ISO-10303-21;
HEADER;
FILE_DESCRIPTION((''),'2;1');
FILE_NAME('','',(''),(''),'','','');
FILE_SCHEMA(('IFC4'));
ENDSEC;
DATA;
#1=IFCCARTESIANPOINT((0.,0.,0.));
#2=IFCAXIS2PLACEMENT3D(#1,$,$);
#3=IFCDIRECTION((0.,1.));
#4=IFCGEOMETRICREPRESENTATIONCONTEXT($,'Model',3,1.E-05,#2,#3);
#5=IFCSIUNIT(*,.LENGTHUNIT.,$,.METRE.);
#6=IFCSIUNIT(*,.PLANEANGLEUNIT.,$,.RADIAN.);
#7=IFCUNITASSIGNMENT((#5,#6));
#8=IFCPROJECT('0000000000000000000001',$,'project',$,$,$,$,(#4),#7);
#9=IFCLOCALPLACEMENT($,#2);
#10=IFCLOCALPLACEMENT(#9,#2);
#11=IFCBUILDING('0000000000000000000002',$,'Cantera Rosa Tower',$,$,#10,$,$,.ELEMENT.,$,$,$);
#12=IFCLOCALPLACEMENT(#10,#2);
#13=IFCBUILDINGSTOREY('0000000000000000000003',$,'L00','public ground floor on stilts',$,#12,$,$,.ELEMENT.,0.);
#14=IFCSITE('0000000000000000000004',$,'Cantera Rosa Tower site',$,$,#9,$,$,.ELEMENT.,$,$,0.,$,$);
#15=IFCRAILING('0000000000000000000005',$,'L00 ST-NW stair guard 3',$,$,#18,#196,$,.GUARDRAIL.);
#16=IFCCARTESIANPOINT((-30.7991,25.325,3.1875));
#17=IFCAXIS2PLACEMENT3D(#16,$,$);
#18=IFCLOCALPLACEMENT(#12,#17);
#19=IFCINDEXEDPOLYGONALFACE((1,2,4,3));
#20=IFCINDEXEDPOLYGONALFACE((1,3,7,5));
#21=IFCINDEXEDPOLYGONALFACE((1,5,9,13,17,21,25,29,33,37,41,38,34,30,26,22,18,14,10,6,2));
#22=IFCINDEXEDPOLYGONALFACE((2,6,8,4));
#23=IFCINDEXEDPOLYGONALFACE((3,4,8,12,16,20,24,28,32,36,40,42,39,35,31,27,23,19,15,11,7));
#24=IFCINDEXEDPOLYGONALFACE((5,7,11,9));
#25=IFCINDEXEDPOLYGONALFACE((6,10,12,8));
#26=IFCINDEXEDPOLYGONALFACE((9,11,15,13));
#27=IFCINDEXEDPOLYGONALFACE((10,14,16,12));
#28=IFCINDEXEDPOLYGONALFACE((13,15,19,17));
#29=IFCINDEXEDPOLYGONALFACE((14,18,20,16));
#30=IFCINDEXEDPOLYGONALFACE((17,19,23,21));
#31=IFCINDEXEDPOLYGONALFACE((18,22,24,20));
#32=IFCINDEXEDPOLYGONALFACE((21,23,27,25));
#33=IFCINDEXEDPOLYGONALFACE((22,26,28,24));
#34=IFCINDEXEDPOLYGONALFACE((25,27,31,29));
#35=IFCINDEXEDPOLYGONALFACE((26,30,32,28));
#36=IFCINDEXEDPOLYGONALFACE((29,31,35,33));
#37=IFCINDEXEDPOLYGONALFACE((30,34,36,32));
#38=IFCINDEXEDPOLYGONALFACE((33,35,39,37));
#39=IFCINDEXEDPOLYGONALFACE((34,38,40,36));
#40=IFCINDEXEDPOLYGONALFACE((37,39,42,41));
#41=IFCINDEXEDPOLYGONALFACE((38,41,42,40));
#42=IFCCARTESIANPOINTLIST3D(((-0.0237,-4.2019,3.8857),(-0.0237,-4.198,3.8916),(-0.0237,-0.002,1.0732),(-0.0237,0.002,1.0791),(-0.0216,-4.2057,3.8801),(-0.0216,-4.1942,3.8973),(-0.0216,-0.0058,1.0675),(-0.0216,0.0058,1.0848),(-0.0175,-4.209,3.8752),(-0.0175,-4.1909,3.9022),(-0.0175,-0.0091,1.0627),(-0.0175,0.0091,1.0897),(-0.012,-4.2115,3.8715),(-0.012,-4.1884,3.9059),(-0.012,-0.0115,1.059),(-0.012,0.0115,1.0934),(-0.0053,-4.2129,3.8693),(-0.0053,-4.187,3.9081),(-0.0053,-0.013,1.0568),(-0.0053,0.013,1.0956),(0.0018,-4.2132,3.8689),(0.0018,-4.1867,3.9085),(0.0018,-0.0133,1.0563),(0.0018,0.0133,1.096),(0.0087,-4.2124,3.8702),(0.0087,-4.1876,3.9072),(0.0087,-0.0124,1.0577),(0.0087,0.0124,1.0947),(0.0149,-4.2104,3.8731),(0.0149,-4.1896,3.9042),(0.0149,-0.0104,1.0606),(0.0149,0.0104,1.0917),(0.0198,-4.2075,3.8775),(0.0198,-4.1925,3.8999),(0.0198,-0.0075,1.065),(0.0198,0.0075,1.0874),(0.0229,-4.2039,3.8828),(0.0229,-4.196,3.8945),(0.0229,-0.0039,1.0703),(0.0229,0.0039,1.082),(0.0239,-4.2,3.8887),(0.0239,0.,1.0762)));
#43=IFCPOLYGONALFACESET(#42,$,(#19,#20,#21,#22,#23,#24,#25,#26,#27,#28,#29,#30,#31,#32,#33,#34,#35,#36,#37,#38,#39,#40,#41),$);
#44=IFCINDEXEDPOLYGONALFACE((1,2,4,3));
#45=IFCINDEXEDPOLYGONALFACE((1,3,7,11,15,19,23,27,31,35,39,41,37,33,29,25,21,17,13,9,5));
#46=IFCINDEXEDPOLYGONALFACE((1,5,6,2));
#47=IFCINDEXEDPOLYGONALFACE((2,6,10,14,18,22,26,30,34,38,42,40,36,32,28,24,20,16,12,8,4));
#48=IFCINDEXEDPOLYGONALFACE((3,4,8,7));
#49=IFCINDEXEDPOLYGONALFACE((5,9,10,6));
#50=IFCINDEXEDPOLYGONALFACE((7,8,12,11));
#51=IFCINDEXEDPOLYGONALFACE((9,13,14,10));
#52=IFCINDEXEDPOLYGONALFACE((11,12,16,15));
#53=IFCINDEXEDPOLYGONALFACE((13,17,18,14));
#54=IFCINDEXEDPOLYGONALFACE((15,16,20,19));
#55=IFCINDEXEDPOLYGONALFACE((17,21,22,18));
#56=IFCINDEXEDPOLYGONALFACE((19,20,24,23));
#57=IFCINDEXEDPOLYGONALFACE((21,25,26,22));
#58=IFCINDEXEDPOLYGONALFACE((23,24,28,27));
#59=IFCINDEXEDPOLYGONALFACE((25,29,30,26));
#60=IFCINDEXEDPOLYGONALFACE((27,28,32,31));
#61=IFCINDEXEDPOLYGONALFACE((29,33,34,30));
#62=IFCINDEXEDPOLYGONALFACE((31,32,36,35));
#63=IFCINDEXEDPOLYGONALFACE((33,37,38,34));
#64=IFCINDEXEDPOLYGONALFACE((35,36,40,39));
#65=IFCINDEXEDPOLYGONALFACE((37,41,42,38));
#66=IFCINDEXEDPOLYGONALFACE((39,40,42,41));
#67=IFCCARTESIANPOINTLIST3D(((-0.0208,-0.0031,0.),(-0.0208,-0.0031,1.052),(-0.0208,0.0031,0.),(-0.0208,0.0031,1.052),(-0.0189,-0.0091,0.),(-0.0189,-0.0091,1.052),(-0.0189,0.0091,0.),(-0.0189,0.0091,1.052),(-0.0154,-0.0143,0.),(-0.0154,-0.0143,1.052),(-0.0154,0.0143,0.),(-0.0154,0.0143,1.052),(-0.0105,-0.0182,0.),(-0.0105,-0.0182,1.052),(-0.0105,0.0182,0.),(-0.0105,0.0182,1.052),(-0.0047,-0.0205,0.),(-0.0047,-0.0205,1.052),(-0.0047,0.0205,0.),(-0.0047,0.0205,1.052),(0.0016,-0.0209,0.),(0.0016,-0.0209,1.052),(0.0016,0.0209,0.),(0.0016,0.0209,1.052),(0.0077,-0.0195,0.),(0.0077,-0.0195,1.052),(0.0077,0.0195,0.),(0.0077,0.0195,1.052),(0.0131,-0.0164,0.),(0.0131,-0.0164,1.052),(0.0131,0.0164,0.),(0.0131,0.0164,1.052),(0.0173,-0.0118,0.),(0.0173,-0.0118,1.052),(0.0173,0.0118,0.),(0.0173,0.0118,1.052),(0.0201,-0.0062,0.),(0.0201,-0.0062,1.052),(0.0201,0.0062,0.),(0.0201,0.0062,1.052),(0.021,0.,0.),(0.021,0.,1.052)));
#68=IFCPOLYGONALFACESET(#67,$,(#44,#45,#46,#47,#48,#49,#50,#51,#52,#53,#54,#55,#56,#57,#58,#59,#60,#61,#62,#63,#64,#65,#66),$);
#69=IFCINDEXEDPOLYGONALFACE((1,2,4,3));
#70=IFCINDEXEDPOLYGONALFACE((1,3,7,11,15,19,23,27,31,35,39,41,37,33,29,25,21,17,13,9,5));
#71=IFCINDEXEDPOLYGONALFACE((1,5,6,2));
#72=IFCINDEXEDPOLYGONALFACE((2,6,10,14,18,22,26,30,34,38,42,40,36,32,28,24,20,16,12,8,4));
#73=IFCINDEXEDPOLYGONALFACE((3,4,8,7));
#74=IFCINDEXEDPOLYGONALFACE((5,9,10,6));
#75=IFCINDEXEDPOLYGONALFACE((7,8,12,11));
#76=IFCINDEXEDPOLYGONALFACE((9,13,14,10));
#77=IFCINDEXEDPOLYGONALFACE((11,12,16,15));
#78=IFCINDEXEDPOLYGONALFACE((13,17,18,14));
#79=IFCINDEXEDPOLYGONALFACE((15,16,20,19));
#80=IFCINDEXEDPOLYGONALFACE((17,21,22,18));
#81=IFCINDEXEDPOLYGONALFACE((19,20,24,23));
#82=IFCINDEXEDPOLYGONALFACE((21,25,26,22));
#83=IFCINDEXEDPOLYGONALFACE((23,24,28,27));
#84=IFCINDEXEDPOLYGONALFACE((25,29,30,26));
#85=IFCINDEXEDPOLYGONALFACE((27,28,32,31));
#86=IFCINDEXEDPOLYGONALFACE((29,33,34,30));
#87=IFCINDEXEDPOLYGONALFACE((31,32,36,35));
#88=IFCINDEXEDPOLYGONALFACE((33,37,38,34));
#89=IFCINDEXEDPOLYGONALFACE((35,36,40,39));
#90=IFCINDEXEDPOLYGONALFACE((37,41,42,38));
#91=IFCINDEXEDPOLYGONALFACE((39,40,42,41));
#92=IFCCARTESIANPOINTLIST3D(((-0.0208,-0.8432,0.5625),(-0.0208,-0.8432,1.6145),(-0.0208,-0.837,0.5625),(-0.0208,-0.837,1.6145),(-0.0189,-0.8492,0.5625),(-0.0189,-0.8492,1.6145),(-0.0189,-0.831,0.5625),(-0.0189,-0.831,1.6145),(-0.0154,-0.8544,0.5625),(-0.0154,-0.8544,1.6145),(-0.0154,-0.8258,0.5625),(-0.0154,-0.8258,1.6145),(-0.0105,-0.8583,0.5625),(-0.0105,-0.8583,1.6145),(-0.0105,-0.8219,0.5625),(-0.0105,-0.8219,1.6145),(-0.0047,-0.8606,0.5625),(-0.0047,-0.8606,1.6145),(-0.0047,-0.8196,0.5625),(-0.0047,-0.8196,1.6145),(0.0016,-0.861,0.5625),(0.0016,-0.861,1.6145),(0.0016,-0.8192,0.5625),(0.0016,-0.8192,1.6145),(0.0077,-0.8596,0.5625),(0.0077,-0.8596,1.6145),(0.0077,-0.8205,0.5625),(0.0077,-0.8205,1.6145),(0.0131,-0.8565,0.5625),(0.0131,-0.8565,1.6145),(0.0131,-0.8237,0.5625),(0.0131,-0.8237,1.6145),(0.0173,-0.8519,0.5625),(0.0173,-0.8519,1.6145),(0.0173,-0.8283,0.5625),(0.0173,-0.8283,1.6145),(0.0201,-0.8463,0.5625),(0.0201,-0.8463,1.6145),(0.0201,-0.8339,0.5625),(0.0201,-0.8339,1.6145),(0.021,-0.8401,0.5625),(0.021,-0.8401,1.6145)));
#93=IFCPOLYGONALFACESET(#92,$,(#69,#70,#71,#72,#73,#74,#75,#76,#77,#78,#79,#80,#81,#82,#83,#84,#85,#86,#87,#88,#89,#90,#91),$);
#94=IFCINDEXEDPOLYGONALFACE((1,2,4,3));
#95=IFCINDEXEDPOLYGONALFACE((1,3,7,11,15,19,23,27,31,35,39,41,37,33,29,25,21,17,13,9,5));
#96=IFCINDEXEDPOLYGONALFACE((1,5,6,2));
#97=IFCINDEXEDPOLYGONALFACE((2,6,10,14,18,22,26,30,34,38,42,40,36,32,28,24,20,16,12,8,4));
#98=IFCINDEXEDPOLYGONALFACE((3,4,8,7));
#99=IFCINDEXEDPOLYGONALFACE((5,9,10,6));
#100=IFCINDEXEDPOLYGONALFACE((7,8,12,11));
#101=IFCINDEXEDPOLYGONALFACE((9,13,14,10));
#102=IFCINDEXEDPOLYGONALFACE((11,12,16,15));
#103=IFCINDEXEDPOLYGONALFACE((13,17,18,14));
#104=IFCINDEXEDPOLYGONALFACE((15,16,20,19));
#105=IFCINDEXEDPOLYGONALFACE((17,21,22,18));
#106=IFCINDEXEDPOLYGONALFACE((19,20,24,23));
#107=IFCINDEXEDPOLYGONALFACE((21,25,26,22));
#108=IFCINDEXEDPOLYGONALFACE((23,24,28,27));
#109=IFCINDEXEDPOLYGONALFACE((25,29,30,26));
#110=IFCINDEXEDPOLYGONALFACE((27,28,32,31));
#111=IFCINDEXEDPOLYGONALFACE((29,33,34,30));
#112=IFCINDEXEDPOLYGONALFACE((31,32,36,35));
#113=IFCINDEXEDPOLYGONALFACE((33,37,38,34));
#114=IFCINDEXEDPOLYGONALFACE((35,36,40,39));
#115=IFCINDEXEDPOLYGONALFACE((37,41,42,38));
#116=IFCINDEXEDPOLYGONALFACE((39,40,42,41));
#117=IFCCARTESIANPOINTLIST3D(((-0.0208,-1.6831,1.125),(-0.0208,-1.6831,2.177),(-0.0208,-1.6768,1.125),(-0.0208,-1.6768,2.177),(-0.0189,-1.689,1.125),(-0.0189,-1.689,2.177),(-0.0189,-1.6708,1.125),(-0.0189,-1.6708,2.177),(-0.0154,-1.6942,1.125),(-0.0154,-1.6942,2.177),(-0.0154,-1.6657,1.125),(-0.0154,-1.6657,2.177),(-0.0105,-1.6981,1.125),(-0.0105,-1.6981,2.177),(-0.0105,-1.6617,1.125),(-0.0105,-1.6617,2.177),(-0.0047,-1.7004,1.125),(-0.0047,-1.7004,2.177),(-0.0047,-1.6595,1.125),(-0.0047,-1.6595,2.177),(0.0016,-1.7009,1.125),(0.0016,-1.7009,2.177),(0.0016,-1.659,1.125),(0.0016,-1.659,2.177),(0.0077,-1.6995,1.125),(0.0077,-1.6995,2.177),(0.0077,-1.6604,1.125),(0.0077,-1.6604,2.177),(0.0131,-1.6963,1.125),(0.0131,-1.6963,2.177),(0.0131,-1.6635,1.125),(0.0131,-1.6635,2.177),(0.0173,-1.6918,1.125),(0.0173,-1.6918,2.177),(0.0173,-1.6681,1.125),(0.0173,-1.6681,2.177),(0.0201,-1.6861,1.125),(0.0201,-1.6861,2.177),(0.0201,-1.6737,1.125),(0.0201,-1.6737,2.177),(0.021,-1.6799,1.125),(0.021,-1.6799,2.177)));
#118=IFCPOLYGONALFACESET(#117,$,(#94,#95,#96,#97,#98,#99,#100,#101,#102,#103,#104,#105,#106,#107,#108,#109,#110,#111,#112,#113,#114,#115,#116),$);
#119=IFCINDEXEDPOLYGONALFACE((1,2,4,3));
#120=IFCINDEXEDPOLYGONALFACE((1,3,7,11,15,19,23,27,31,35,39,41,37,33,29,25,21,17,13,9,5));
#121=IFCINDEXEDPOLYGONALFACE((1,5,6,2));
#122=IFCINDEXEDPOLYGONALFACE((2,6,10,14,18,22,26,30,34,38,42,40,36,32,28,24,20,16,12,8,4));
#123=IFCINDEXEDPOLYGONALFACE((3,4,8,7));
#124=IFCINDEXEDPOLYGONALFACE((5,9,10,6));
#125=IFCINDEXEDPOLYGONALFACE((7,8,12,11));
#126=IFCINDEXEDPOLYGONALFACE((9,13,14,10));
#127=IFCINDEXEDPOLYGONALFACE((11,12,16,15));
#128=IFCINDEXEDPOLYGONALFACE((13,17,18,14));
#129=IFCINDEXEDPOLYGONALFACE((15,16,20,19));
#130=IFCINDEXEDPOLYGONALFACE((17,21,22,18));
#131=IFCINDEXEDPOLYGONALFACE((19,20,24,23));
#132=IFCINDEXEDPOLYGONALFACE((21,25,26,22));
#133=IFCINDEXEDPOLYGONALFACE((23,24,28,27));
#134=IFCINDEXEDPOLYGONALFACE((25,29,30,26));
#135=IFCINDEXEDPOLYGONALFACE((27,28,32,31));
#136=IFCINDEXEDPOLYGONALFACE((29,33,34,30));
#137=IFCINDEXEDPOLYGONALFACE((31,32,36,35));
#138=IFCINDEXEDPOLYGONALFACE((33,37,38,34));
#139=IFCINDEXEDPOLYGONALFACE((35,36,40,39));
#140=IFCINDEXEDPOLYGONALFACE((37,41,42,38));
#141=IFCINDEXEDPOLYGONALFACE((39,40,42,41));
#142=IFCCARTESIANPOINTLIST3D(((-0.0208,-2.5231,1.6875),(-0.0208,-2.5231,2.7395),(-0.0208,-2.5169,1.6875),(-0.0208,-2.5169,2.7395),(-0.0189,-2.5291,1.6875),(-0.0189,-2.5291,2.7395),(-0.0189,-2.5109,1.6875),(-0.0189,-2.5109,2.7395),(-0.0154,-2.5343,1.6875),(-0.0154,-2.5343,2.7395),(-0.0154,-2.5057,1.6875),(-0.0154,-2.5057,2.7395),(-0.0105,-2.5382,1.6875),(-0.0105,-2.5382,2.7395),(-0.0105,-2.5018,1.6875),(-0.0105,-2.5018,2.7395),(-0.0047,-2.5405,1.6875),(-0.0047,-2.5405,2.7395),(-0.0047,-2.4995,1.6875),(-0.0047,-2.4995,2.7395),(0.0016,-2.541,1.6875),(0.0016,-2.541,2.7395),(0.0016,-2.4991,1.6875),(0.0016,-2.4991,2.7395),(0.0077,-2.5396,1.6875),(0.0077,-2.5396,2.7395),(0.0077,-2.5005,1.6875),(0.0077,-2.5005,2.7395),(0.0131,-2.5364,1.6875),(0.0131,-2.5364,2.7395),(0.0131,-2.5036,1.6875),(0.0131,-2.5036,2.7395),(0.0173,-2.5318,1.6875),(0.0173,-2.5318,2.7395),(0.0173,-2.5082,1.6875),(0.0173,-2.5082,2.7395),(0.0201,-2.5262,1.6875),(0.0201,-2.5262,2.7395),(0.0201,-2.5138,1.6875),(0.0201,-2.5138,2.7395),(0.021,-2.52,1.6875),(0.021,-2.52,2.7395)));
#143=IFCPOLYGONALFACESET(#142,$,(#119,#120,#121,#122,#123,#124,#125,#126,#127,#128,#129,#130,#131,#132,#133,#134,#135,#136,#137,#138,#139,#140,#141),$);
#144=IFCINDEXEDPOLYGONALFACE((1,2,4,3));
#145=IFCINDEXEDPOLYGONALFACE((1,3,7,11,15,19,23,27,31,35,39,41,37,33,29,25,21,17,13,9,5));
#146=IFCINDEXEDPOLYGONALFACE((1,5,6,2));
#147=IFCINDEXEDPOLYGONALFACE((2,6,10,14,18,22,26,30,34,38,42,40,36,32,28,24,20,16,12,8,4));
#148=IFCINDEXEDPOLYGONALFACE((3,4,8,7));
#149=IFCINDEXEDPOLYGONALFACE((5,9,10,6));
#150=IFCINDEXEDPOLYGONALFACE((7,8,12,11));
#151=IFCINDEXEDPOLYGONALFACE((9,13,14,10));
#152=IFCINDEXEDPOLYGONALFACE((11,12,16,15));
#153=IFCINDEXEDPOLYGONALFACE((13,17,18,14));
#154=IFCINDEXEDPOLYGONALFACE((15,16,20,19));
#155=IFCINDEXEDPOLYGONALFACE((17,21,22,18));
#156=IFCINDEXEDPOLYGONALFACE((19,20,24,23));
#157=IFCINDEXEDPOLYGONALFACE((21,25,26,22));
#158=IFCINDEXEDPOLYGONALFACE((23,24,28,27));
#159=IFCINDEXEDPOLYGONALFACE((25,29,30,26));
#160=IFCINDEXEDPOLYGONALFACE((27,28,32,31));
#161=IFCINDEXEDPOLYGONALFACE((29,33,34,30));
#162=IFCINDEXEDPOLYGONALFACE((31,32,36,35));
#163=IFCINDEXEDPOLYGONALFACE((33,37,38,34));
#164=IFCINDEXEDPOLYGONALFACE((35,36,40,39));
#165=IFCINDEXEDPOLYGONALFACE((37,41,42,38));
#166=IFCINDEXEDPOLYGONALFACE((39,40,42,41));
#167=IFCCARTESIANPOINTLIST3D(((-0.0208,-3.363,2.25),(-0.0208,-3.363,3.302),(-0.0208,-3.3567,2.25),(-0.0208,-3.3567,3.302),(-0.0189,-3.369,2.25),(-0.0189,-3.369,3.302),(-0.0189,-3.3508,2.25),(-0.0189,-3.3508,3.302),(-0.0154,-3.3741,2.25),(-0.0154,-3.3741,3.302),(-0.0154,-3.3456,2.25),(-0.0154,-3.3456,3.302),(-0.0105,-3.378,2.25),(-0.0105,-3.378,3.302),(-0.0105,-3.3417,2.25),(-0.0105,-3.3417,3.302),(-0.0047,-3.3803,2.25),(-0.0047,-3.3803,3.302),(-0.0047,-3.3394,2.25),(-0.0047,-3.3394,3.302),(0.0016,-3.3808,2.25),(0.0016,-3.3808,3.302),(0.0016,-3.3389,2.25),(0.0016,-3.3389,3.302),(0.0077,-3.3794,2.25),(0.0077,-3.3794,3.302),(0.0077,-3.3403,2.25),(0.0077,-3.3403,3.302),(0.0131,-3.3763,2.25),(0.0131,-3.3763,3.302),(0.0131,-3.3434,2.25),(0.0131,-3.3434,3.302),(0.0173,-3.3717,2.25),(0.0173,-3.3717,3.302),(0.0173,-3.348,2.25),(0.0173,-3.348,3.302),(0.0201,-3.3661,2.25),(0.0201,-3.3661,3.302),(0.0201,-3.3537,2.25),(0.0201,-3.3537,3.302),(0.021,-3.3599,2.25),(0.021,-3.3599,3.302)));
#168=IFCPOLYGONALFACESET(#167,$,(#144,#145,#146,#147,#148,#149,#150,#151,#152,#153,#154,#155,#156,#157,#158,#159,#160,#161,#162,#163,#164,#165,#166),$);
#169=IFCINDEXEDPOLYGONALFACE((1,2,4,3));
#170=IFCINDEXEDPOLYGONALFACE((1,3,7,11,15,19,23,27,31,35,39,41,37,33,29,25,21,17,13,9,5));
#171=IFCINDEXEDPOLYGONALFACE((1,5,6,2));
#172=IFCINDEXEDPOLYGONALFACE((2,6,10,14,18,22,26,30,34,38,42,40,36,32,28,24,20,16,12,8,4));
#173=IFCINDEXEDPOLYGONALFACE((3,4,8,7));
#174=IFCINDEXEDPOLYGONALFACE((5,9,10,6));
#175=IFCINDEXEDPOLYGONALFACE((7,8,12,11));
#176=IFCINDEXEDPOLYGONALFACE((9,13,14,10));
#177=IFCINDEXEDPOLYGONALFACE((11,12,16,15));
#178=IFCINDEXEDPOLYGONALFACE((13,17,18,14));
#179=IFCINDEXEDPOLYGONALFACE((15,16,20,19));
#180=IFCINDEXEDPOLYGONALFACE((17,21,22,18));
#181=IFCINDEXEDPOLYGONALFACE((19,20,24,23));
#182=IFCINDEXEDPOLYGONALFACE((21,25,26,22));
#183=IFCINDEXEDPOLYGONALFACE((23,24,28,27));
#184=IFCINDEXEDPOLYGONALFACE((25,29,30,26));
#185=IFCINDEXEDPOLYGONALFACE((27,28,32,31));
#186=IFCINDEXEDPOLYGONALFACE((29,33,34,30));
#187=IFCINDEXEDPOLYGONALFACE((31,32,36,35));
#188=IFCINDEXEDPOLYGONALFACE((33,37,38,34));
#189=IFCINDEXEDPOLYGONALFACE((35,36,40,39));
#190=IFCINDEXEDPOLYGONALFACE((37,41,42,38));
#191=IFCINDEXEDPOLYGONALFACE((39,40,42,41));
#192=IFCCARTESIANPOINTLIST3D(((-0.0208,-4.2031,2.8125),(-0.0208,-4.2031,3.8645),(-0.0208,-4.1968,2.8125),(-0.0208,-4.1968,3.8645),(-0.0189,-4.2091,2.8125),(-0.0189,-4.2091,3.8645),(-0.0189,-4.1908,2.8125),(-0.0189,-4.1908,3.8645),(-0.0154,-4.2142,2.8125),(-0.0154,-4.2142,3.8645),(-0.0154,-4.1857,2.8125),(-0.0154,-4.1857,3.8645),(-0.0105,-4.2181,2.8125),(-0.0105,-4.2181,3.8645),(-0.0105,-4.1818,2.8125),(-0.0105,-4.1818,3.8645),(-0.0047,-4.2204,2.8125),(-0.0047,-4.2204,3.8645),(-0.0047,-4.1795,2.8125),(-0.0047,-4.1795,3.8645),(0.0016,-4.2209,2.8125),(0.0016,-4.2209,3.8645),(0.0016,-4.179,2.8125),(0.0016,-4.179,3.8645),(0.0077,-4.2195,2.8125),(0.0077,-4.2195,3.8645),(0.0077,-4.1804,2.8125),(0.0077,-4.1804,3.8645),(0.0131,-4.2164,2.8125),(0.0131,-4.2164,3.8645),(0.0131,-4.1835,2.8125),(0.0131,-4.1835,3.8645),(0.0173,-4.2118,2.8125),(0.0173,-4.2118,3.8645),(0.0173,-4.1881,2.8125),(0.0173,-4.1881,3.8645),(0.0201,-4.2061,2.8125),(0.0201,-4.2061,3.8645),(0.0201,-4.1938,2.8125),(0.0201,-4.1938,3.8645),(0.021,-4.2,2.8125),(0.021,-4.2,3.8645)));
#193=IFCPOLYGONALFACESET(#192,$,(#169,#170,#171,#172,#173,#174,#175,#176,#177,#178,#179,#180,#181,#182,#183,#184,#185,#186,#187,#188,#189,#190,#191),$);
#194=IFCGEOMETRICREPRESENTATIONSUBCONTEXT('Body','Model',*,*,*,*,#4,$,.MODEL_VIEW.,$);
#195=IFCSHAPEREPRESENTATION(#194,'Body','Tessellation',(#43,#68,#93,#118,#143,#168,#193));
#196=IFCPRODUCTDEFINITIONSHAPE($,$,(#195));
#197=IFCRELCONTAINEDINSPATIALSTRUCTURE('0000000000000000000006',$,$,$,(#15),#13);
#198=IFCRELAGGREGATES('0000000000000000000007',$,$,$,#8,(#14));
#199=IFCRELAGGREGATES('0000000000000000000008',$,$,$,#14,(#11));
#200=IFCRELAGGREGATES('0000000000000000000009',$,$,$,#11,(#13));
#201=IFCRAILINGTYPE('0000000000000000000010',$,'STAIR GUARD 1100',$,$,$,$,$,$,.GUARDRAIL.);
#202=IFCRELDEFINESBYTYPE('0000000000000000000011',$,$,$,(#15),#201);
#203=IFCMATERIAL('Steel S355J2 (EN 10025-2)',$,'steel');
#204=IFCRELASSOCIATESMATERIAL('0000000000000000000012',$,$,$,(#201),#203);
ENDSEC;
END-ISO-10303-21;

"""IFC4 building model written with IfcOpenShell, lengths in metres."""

from ifc_helpers import new_model, si_unit, direction, frame, origin, origin_2d, place, context, subcontext, project, spatial, circle, extrude, material, type_object, element, save


model = new_model("IFC4")

# Units and contexts
model_context = context("Model", 3, precision=1e-05, world=origin(), true_north=direction((0.0, 1.0)))
body_context = subcontext(model_context, "Body", "Model", "MODEL_VIEW")
ifc_project = project(units=[si_unit("LENGTHUNIT", "METRE"), si_unit("PLANEANGLEUNIT", "RADIAN")], contexts=[model_context])

# Site, building, storey
site_placement = place(None, origin())
site = spatial("IfcSite", under=ifc_project, at=site_placement, Name="Cantera Rosa Tower site", CompositionType="ELEMENT", RefElevation=0.0)
building_placement = place(site_placement, origin())
building = spatial("IfcBuilding", under=site, at=building_placement, Name="Cantera Rosa Tower", CompositionType="ELEMENT")
storey_placement = place(building_placement, origin())
storey = spatial("IfcBuildingStorey", under=building, at=storey_placement, Name="L00", Description="public ground floor on stilts", CompositionType="ELEMENT", Elevation=0.0)

# Railing
ifc_material_1 = material(Name="Steel S355J2 (EN 10025-2)", Category="steel")
railing_type_1 = type_object("IfcRailingType", Name="STAIR GUARD 1100", PredefinedType="GUARDRAIL", material=ifc_material_1)
railing_1_placement = place(storey_placement, frame((-30.7991, 25.325, 3.1875)))
element("IfcRailing", 1, at=railing_1_placement, inside=storey, type_object=railing_type_1, Name="L00 ST-NW stair guard 3", PredefinedType="GUARDRAIL", context=body_context, shape_type="SweptSolid", body=[
    extrude(circle(Radius=0.0239, at=origin_2d()), frame((0.0, 0.0, 1.0762), z_axis=(0.0, -0.830904, 0.556416), x_axis=(1.0, 0.0, 0.0)), (0.0, 0.0, 1.0), 5.0547),
    extrude(circle(Radius=0.021, at=origin_2d()), origin(), (0.0, 0.0, 1.0), 1.052),
    extrude(circle(Radius=0.021, at=origin_2d()), frame((0.0, -0.8401, 0.5625)), (0.0, 0.0, 1.0), 1.052),
    extrude(circle(Radius=0.021, at=origin_2d()), frame((0.0, -1.6799, 1.125)), (0.0, 0.0, 1.0), 1.052),
    extrude(circle(Radius=0.021, at=origin_2d()), frame((0.0, -2.52, 1.6875)), (0.0, 0.0, 1.0), 1.052),
    extrude(circle(Radius=0.021, at=origin_2d()), frame((0.0, -3.3599, 2.25)), (0.0, 0.0, 1.0), 1.052),
    extrude(circle(Radius=0.021, at=origin_2d()), frame((0.0, -4.2, 2.8125)), (0.0, 0.0, 1.0), 1.052),
])

save(model, "model.ifc")
